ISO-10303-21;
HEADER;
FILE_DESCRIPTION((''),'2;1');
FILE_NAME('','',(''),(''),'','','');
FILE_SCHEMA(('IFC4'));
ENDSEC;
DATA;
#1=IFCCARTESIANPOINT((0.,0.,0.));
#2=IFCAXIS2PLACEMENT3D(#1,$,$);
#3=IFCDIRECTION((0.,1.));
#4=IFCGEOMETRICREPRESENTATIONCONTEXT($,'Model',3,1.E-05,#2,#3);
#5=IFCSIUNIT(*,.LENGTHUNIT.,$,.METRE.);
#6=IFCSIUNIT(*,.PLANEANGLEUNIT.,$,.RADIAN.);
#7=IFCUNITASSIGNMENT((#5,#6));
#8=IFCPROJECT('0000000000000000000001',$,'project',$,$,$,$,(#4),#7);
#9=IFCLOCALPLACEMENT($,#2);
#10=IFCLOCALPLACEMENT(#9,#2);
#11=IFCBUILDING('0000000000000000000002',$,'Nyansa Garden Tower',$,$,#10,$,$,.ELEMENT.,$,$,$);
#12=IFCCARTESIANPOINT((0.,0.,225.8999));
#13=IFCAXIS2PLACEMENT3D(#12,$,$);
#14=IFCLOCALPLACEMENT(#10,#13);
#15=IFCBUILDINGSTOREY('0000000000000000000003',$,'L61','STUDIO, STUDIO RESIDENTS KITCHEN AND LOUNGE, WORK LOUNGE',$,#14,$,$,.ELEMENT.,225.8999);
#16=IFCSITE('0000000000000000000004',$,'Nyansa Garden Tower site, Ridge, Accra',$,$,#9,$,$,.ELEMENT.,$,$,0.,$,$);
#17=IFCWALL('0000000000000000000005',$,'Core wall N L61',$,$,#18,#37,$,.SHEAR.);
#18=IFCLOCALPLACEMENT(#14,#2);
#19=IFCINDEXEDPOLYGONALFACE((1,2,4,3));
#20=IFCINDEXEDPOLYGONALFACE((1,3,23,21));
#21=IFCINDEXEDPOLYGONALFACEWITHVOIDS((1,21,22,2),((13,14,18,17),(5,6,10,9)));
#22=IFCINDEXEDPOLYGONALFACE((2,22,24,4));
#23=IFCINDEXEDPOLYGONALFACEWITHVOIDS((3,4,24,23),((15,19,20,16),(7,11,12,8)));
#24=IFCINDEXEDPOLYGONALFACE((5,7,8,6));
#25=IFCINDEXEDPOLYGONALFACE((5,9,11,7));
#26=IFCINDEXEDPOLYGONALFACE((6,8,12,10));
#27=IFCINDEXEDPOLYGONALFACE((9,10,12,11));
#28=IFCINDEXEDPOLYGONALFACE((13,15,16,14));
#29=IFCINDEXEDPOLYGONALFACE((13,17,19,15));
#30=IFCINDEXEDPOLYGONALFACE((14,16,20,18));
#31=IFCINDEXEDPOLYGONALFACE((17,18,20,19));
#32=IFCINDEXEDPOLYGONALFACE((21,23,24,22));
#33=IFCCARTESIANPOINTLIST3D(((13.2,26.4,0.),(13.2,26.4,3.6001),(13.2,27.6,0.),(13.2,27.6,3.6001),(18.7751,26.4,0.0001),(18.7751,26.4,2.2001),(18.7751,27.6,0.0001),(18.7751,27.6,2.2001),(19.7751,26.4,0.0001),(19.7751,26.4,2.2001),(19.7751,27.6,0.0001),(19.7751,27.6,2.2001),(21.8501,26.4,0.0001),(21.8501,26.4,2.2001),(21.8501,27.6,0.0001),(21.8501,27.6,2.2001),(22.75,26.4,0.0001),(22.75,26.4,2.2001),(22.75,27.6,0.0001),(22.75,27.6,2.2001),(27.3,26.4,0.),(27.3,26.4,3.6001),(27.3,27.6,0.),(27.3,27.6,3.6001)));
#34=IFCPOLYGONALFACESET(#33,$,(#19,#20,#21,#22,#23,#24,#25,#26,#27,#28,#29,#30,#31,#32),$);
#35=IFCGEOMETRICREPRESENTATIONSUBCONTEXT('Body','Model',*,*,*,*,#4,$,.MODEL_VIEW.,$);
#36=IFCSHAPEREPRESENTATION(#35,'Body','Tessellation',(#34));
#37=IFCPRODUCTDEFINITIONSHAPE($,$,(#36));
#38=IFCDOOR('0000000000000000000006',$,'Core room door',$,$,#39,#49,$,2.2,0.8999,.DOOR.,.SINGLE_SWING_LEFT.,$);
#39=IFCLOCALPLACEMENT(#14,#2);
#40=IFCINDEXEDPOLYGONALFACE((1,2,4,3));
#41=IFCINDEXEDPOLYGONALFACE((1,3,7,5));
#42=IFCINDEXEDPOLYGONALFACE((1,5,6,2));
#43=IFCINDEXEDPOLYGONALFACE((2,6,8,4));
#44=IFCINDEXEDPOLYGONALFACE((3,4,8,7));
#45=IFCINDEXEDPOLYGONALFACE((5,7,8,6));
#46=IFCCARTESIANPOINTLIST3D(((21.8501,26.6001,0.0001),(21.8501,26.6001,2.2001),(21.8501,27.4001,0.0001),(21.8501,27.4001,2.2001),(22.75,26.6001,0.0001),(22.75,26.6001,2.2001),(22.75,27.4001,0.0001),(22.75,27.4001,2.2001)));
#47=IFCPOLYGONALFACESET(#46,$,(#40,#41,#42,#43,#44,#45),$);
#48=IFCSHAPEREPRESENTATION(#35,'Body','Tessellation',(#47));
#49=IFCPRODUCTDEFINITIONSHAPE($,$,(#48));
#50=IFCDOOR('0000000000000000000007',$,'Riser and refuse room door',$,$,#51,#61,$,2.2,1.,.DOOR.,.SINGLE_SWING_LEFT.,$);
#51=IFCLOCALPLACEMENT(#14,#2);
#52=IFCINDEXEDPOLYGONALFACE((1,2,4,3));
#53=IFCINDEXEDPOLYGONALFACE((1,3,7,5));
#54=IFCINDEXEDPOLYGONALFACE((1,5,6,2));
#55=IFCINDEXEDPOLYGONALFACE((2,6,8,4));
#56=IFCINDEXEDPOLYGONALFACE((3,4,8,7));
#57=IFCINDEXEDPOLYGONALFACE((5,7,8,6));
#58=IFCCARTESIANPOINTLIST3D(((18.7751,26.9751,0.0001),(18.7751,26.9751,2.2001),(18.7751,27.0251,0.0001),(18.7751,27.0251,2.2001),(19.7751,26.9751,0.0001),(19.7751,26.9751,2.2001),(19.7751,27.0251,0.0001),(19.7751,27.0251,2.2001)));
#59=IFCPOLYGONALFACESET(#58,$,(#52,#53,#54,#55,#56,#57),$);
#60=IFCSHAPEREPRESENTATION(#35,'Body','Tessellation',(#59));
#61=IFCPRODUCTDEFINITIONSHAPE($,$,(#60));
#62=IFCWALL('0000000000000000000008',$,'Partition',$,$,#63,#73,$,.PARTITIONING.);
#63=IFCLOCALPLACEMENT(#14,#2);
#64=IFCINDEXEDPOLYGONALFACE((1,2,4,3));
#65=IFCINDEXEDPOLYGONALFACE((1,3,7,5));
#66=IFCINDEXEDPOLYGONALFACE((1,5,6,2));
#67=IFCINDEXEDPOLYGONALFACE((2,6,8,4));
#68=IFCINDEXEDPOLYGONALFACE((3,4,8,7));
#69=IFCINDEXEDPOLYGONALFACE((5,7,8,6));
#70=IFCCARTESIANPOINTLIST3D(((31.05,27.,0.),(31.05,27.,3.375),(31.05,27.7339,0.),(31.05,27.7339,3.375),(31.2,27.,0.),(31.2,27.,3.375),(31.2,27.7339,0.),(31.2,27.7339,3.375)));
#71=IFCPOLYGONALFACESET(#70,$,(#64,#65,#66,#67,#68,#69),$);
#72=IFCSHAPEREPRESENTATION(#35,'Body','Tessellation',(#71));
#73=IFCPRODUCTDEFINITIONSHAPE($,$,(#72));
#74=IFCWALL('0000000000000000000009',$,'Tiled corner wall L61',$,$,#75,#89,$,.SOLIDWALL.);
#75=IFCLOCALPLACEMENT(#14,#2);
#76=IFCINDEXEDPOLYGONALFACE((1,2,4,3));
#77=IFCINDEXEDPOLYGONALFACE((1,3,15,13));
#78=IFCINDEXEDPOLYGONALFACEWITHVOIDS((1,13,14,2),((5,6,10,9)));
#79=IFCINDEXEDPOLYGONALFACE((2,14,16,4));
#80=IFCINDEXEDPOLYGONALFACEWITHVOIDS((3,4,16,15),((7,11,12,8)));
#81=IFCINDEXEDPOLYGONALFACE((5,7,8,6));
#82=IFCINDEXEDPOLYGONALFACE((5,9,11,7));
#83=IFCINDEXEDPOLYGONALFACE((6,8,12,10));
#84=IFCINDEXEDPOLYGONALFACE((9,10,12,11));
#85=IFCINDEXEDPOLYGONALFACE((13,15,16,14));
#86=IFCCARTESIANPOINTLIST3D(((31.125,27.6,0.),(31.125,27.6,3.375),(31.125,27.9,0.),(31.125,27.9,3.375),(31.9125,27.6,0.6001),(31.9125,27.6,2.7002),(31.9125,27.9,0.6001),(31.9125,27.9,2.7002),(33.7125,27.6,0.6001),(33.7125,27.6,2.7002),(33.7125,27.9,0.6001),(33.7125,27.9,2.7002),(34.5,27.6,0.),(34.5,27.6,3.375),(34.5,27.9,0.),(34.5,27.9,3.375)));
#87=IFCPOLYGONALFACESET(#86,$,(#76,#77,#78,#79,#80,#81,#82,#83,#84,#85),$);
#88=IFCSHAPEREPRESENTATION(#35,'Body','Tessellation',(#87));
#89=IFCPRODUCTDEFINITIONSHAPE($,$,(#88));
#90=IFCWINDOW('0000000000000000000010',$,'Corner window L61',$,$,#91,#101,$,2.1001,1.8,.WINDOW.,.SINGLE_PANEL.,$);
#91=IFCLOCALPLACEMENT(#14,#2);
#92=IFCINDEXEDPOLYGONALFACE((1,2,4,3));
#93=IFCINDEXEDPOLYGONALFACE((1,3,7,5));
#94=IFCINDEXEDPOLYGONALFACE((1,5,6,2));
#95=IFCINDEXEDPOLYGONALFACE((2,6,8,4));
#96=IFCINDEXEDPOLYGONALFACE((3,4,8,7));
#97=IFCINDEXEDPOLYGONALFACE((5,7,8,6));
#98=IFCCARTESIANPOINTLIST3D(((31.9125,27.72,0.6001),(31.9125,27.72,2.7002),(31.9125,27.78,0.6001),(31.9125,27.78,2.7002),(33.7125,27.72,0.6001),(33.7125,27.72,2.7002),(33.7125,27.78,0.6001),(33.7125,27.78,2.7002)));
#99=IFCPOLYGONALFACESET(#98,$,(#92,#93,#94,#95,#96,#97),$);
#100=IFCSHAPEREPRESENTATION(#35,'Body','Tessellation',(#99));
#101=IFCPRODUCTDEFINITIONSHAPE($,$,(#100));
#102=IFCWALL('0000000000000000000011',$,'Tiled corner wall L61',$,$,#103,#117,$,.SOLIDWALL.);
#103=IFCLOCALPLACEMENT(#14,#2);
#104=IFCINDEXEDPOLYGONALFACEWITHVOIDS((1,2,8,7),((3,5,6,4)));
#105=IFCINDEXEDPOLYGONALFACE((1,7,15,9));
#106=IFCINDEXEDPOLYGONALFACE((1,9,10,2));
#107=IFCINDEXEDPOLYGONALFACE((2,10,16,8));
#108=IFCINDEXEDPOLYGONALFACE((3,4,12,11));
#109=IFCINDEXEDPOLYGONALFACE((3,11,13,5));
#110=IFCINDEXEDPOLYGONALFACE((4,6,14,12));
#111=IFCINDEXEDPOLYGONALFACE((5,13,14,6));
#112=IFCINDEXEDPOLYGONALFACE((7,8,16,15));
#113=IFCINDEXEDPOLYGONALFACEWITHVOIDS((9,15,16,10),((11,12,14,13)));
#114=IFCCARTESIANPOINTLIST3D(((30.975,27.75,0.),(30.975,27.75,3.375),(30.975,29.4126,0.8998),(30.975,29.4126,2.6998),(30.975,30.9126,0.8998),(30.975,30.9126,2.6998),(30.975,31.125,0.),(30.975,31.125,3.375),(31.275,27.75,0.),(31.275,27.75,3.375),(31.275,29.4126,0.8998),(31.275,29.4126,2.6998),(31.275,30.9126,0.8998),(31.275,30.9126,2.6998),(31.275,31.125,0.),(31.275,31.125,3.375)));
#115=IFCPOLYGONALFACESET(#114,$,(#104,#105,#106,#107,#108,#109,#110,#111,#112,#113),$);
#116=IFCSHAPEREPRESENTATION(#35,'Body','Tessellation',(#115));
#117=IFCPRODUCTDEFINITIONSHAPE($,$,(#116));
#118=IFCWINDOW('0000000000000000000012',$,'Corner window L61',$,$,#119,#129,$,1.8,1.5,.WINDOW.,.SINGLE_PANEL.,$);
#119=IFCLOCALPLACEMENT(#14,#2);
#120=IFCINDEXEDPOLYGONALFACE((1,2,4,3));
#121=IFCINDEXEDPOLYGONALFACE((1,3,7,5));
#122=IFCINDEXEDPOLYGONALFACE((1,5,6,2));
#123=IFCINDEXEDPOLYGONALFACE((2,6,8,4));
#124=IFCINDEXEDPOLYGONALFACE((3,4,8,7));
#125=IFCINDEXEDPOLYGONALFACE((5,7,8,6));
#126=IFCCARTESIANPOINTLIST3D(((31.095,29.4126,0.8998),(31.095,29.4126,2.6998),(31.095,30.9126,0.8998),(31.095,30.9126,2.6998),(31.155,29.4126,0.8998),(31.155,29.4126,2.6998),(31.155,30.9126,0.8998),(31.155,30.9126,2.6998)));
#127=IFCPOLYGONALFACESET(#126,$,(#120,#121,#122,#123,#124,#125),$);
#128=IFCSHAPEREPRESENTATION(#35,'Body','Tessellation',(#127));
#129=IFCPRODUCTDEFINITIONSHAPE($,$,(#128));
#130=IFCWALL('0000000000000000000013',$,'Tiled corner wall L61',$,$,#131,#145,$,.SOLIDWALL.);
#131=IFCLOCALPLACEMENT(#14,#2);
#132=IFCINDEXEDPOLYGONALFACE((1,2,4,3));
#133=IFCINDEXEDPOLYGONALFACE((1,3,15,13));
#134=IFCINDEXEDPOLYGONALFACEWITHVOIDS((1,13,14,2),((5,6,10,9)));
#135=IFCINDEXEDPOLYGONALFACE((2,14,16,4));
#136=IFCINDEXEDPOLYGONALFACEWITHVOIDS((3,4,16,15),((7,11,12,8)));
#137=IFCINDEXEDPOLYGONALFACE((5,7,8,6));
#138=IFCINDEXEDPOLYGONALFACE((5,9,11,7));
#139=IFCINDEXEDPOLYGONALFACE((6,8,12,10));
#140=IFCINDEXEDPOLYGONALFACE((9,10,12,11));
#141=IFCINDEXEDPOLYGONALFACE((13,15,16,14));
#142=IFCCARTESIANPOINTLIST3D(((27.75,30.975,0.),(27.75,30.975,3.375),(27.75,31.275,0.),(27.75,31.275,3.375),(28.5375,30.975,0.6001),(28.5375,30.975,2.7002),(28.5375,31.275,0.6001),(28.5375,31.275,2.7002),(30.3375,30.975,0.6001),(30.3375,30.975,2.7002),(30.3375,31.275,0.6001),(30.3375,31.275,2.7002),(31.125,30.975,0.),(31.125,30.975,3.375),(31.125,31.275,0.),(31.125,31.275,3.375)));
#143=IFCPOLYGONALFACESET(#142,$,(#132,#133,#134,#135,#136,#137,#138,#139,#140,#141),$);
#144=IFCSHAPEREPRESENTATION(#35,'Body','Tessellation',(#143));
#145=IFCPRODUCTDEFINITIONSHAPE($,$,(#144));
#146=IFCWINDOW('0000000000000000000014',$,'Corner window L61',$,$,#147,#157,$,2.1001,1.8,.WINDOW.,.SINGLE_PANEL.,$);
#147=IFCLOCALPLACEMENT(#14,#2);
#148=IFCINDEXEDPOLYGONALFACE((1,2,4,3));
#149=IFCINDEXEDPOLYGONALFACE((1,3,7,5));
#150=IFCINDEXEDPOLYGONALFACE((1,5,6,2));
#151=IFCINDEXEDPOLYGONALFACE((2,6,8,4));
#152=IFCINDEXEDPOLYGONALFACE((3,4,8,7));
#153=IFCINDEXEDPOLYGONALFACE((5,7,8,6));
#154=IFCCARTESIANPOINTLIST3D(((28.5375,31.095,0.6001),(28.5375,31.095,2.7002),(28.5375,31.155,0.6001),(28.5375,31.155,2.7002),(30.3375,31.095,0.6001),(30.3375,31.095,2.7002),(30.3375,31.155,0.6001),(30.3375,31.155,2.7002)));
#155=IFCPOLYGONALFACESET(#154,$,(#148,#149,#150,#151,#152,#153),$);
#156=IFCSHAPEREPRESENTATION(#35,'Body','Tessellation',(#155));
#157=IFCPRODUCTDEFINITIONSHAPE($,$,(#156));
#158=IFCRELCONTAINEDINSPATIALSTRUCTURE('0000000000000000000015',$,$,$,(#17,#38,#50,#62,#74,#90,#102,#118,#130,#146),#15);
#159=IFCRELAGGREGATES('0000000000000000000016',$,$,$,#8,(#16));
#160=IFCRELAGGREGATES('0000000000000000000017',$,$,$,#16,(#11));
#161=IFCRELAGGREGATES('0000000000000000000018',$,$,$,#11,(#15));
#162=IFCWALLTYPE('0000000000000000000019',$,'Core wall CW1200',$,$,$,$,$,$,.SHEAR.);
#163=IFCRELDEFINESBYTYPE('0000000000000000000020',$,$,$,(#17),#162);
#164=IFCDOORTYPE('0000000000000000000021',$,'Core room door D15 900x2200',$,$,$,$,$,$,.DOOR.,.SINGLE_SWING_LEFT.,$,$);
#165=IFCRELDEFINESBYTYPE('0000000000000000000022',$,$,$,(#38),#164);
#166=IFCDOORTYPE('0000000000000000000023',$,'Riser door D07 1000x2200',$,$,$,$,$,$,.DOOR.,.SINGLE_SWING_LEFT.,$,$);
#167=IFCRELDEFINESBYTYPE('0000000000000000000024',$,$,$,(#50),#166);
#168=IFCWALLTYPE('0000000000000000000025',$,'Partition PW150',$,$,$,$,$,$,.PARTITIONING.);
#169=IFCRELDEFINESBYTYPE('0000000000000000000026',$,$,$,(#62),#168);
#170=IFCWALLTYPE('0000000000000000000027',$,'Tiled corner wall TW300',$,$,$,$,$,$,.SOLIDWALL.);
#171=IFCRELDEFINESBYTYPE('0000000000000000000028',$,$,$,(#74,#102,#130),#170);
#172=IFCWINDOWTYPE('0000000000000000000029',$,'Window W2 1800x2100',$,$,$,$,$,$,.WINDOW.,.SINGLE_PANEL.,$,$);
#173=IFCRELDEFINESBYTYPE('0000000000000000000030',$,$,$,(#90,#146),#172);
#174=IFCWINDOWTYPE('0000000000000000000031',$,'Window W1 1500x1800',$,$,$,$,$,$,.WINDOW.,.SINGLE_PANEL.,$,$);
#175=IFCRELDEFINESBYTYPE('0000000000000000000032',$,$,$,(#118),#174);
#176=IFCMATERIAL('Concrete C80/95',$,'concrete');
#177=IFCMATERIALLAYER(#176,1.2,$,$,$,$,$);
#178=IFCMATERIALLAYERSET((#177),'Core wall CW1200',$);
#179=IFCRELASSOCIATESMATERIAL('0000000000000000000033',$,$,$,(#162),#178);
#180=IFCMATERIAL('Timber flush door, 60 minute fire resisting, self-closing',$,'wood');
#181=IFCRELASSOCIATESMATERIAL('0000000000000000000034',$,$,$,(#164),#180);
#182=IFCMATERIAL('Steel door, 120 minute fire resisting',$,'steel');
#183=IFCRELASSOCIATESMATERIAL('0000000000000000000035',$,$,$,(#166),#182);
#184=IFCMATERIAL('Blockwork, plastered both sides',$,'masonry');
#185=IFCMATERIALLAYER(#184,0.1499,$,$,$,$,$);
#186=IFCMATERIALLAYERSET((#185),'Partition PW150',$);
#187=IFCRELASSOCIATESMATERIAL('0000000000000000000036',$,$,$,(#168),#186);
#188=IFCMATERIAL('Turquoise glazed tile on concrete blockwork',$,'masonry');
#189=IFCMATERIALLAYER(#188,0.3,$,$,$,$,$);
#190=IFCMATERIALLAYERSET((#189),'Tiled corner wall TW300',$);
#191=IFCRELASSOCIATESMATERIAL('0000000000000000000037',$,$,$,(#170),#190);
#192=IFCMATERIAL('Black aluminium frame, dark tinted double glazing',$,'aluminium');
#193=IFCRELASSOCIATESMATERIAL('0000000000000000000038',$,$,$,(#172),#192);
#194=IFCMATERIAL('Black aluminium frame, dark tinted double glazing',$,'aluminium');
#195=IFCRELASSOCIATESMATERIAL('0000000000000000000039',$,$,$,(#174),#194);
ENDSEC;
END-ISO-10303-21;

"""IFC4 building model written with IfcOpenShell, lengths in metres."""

from ifc_helpers import new_model, si_unit, direction, frame, frame_2d, origin, place, context, subcontext, project, spatial, rectangle, extrude, material, layer, layer_set, type_object, element, fill, save


model = new_model("IFC4")

# Units and contexts
model_context = context("Model", 3, precision=1e-05, world=origin(), true_north=direction((0.0, 1.0)))
body_context = subcontext(model_context, "Body", "Model", "MODEL_VIEW")
ifc_project = project(units=[si_unit("LENGTHUNIT", "METRE"), si_unit("PLANEANGLEUNIT", "RADIAN")], contexts=[model_context])

# Site, building, storey
site_placement = place(None, origin())
site = spatial("IfcSite", under=ifc_project, at=site_placement, Name="Nyansa Garden Tower site, Ridge, Accra", CompositionType="ELEMENT", RefElevation=0.0)
building_placement = place(site_placement, origin())
building = spatial("IfcBuilding", under=site, at=building_placement, Name="Nyansa Garden Tower", CompositionType="ELEMENT")
storey_placement = place(building_placement, frame((0.0, 0.0, 225.8999)))
storey = spatial("IfcBuildingStorey", under=building, at=storey_placement, Name="L61", Description="STUDIO, STUDIO RESIDENTS KITCHEN AND LOUNGE, WORK LOUNGE", CompositionType="ELEMENT", Elevation=225.8999)

# Wall, openings, doors
ifc_material_1 = material(Name="Concrete C80/95", Category="concrete")
ifc_layer_1 = layer(ifc_material_1, 1.2)
ifc_layer_set_1 = layer_set([ifc_layer_1], Name="Core wall CW1200")
wall_type_1 = type_object("IfcWallType", Name="Core wall CW1200", PredefinedType="SHEAR", material=ifc_layer_set_1)
wall_1_placement = place(storey_placement, frame((27.3, 27.0, 0.0), z_axis=(0.0, 0.0, 1.0), x_axis=(-1.0, 0.0, 0.0)))
wall_1 = element("IfcWall", 1, at=wall_1_placement, inside=storey, type_object=wall_type_1, Name="Core wall N L61", PredefinedType="SHEAR", context=body_context, shape_type="SweptSolid", body=[
    extrude(rectangle(XDim=14.1001, YDim=1.2, at=frame_2d((7.05, 0.0))), origin(), (0.0, 0.0, 1.0), 3.6001),
])
opening_1_placement = place(wall_1_placement, frame((4.55, 0.0, 0.0)))
opening_1 = element("IfcOpeningElement", 2, at=opening_1_placement, cuts=wall_1, PredefinedType="OPENING", context=body_context, shape_type="SweptSolid", body=[
    extrude(rectangle(XDim=0.8999, YDim=2.2, at=frame_2d((0.45, 1.1001))), frame((0.0, 0.6099, 0.0), z_axis=(0.0, -1.0, 0.0), x_axis=(1.0, 0.0, 0.0)), (0.0, 0.0, 1.0), 1.22),
])
opening_2_placement = place(wall_1_placement, frame((7.5249, 0.0, 0.0)))
opening_2 = element("IfcOpeningElement", 3, at=opening_2_placement, cuts=wall_1, PredefinedType="OPENING", context=body_context, shape_type="SweptSolid", body=[
    extrude(rectangle(XDim=1.0, YDim=2.2, at=frame_2d((0.5, 1.1001))), frame((0.0, 0.6099, 0.0), z_axis=(0.0, -1.0, 0.0), x_axis=(1.0, 0.0, 0.0)), (0.0, 0.0, 1.0), 1.22),
])
ifc_material_2 = material(Name="Timber flush door, 60 minute fire resisting, self-closing", Category="wood")
door_type_1 = type_object("IfcDoorType", Name="Core room door D15 900x2200", OperationType="SINGLE_SWING_LEFT", PredefinedType="DOOR", material=ifc_material_2)
door_1_placement = place(opening_1_placement, origin())
door_1 = element("IfcDoor", 4, at=door_1_placement, inside=storey, type_object=door_type_1, Name="Core room door", OperationType="SINGLE_SWING_LEFT", OverallHeight=2.2, OverallWidth=0.8999, PredefinedType="DOOR", context=body_context, shape_type="SweptSolid", body=[
    extrude(rectangle(XDim=0.8999, YDim=2.2, at=frame_2d((0.45, 1.1001))), frame((0.0, 0.3999, 0.0), z_axis=(0.0, -1.0, 0.0), x_axis=(1.0, 0.0, 0.0)), (0.0, 0.0, 1.0), 0.8),
])
fill(opening_1, door_1)
ifc_material_3 = material(Name="Steel door, 120 minute fire resisting", Category="steel")
door_type_2 = type_object("IfcDoorType", Name="Riser door D07 1000x2200", OperationType="SINGLE_SWING_LEFT", PredefinedType="DOOR", material=ifc_material_3)
door_2_placement = place(opening_2_placement, origin())
door_2 = element("IfcDoor", 5, at=door_2_placement, inside=storey, type_object=door_type_2, Name="Riser and refuse room door", OperationType="SINGLE_SWING_LEFT", OverallHeight=2.2, OverallWidth=1.0, PredefinedType="DOOR", context=body_context, shape_type="SweptSolid", body=[
    extrude(rectangle(XDim=1.0, YDim=2.2, at=frame_2d((0.5, 1.1001))), frame((0.0, 0.0249, 0.0), z_axis=(0.0, -1.0, 0.0), x_axis=(1.0, 0.0, 0.0)), (0.0, 0.0, 1.0), 0.05),
])
fill(opening_2, door_2)

# Wall
ifc_material_4 = material(Name="Blockwork, plastered both sides", Category="masonry")
ifc_layer_2 = layer(ifc_material_4, 0.1499)
ifc_layer_set_2 = layer_set([ifc_layer_2], Name="Partition PW150")
wall_type_2 = type_object("IfcWallType", Name="Partition PW150", PredefinedType="PARTITIONING", material=ifc_layer_set_2)
wall_2_placement = place(storey_placement, frame((31.125, 27.0, 0.0), z_axis=(0.0, 0.0, 1.0), x_axis=(0.0, 1.0, 0.0)))
element("IfcWall", 6, at=wall_2_placement, inside=storey, type_object=wall_type_2, Name="Partition", PredefinedType="PARTITIONING", context=body_context, shape_type="SweptSolid", body=[
    extrude(rectangle(XDim=0.7339, YDim=0.1499, at=frame_2d((0.3669, 0.0))), origin(), (0.0, 0.0, 1.0), 3.375),
])

# Walls, openings, windows
ifc_material_5 = material(Name="Turquoise glazed tile on concrete blockwork", Category="masonry")
ifc_layer_3 = layer(ifc_material_5, 0.3)
ifc_layer_set_3 = layer_set([ifc_layer_3], Name="Tiled corner wall TW300")
wall_type_3 = type_object("IfcWallType", Name="Tiled corner wall TW300", PredefinedType="SOLIDWALL", material=ifc_layer_set_3)
wall_3_placement = place(storey_placement, frame((34.5, 27.75, 0.0), z_axis=(0.0, 0.0, 1.0), x_axis=(-1.0, 0.0, 0.0)))
wall_3 = element("IfcWall", 7, at=wall_3_placement, inside=storey, type_object=wall_type_3, Name="Tiled corner wall L61", PredefinedType="SOLIDWALL", context=body_context, shape_type="SweptSolid", body=[
    extrude(rectangle(XDim=3.375, YDim=0.3, at=frame_2d((1.6875, 0.0))), origin(), (0.0, 0.0, 1.0), 3.375),
])
opening_3_placement = place(wall_3_placement, frame((0.7876, 0.0, 0.6001)))
opening_3 = element("IfcOpeningElement", 8, at=opening_3_placement, cuts=wall_3, PredefinedType="OPENING", context=body_context, shape_type="SweptSolid", body=[
    extrude(rectangle(XDim=1.8, YDim=2.1001, at=frame_2d((0.8999, 1.05))), frame((0.0, 0.1599, 0.0), z_axis=(0.0, -1.0, 0.0), x_axis=(1.0, 0.0, 0.0)), (0.0, 0.0, 1.0), 0.3201),
])
ifc_material_6 = material(Name="Black aluminium frame, dark tinted double glazing", Category="aluminium")
window_type_1 = type_object("IfcWindowType", Name="Window W2 1800x2100", PartitioningType="SINGLE_PANEL", PredefinedType="WINDOW", material=ifc_material_6)
window_1_placement = place(opening_3_placement, origin())
window_1 = element("IfcWindow", 9, at=window_1_placement, inside=storey, type_object=window_type_1, Name="Corner window L61", OverallHeight=2.1001, OverallWidth=1.8, PartitioningType="SINGLE_PANEL", PredefinedType="WINDOW", context=body_context, shape_type="SweptSolid", body=[
    extrude(rectangle(XDim=1.8, YDim=2.1001, at=frame_2d((0.8999, 1.05))), frame((0.0, 0.03, 0.0), z_axis=(0.0, -1.0, 0.0), x_axis=(1.0, 0.0, 0.0)), (0.0, 0.0, 1.0), 0.0601),
])
fill(opening_3, window_1)
wall_4_placement = place(storey_placement, frame((31.125, 27.75, 0.0), z_axis=(0.0, 0.0, 1.0), x_axis=(0.0, 1.0, 0.0)))
wall_4 = element("IfcWall", 10, at=wall_4_placement, inside=storey, type_object=wall_type_3, Name="Tiled corner wall L61", PredefinedType="SOLIDWALL", context=body_context, shape_type="SweptSolid", body=[
    extrude(rectangle(XDim=3.375, YDim=0.3, at=frame_2d((1.6875, 0.0))), origin(), (0.0, 0.0, 1.0), 3.375),
])
opening_4_placement = place(wall_4_placement, frame((1.6626, 0.0, 0.8999)))
opening_4 = element("IfcOpeningElement", 11, at=opening_4_placement, cuts=wall_4, PredefinedType="OPENING", context=body_context, shape_type="SweptSolid", body=[
    extrude(rectangle(XDim=1.5, YDim=1.8, at=frame_2d((0.75, 0.8999))), frame((0.0, 0.1599, 0.0), z_axis=(0.0, -1.0, 0.0), x_axis=(1.0, 0.0, 0.0)), (0.0, 0.0, 1.0), 0.3201),
])
ifc_material_7 = material(Name="Black aluminium frame, dark tinted double glazing", Category="aluminium")
window_type_2 = type_object("IfcWindowType", Name="Window W1 1500x1800", PartitioningType="SINGLE_PANEL", PredefinedType="WINDOW", material=ifc_material_7)
window_2_placement = place(opening_4_placement, origin())
window_2 = element("IfcWindow", 12, at=window_2_placement, inside=storey, type_object=window_type_2, Name="Corner window L61", OverallHeight=1.8, OverallWidth=1.5, PartitioningType="SINGLE_PANEL", PredefinedType="WINDOW", context=body_context, shape_type="SweptSolid", body=[
    extrude(rectangle(XDim=1.5, YDim=1.8, at=frame_2d((0.75, 0.8999))), frame((0.0, 0.03, 0.0), z_axis=(0.0, -1.0, 0.0), x_axis=(1.0, 0.0, 0.0)), (0.0, 0.0, 1.0), 0.0601),
])
fill(opening_4, window_2)
wall_5_placement = place(storey_placement, frame((31.125, 31.125, 0.0), z_axis=(0.0, 0.0, 1.0), x_axis=(-1.0, 0.0, 0.0)))
wall_5 = element("IfcWall", 13, at=wall_5_placement, inside=storey, type_object=wall_type_3, Name="Tiled corner wall L61", PredefinedType="SOLIDWALL", context=body_context, shape_type="SweptSolid", body=[
    extrude(rectangle(XDim=3.375, YDim=0.3, at=frame_2d((1.6875, 0.0))), origin(), (0.0, 0.0, 1.0), 3.375),
])
opening_5_placement = place(wall_5_placement, frame((0.7876, 0.0, 0.6001)))
opening_5 = element("IfcOpeningElement", 14, at=opening_5_placement, cuts=wall_5, PredefinedType="OPENING", context=body_context, shape_type="SweptSolid", body=[
    extrude(rectangle(XDim=1.8, YDim=2.1001, at=frame_2d((0.8999, 1.05))), frame((0.0, 0.1599, 0.0), z_axis=(0.0, -1.0, 0.0), x_axis=(1.0, 0.0, 0.0)), (0.0, 0.0, 1.0), 0.3201),
])
window_3_placement = place(opening_5_placement, origin())
window_3 = element("IfcWindow", 15, at=window_3_placement, inside=storey, type_object=window_type_1, Name="Corner window L61", OverallHeight=2.1001, OverallWidth=1.8, PartitioningType="SINGLE_PANEL", PredefinedType="WINDOW", context=body_context, shape_type="SweptSolid", body=[
    extrude(rectangle(XDim=1.8, YDim=2.1001, at=frame_2d((0.8999, 1.05))), frame((0.0, 0.03, 0.0), z_axis=(0.0, -1.0, 0.0), x_axis=(1.0, 0.0, 0.0)), (0.0, 0.0, 1.0), 0.0601),
])
fill(opening_5, window_3)

save(model, "model.ifc")
